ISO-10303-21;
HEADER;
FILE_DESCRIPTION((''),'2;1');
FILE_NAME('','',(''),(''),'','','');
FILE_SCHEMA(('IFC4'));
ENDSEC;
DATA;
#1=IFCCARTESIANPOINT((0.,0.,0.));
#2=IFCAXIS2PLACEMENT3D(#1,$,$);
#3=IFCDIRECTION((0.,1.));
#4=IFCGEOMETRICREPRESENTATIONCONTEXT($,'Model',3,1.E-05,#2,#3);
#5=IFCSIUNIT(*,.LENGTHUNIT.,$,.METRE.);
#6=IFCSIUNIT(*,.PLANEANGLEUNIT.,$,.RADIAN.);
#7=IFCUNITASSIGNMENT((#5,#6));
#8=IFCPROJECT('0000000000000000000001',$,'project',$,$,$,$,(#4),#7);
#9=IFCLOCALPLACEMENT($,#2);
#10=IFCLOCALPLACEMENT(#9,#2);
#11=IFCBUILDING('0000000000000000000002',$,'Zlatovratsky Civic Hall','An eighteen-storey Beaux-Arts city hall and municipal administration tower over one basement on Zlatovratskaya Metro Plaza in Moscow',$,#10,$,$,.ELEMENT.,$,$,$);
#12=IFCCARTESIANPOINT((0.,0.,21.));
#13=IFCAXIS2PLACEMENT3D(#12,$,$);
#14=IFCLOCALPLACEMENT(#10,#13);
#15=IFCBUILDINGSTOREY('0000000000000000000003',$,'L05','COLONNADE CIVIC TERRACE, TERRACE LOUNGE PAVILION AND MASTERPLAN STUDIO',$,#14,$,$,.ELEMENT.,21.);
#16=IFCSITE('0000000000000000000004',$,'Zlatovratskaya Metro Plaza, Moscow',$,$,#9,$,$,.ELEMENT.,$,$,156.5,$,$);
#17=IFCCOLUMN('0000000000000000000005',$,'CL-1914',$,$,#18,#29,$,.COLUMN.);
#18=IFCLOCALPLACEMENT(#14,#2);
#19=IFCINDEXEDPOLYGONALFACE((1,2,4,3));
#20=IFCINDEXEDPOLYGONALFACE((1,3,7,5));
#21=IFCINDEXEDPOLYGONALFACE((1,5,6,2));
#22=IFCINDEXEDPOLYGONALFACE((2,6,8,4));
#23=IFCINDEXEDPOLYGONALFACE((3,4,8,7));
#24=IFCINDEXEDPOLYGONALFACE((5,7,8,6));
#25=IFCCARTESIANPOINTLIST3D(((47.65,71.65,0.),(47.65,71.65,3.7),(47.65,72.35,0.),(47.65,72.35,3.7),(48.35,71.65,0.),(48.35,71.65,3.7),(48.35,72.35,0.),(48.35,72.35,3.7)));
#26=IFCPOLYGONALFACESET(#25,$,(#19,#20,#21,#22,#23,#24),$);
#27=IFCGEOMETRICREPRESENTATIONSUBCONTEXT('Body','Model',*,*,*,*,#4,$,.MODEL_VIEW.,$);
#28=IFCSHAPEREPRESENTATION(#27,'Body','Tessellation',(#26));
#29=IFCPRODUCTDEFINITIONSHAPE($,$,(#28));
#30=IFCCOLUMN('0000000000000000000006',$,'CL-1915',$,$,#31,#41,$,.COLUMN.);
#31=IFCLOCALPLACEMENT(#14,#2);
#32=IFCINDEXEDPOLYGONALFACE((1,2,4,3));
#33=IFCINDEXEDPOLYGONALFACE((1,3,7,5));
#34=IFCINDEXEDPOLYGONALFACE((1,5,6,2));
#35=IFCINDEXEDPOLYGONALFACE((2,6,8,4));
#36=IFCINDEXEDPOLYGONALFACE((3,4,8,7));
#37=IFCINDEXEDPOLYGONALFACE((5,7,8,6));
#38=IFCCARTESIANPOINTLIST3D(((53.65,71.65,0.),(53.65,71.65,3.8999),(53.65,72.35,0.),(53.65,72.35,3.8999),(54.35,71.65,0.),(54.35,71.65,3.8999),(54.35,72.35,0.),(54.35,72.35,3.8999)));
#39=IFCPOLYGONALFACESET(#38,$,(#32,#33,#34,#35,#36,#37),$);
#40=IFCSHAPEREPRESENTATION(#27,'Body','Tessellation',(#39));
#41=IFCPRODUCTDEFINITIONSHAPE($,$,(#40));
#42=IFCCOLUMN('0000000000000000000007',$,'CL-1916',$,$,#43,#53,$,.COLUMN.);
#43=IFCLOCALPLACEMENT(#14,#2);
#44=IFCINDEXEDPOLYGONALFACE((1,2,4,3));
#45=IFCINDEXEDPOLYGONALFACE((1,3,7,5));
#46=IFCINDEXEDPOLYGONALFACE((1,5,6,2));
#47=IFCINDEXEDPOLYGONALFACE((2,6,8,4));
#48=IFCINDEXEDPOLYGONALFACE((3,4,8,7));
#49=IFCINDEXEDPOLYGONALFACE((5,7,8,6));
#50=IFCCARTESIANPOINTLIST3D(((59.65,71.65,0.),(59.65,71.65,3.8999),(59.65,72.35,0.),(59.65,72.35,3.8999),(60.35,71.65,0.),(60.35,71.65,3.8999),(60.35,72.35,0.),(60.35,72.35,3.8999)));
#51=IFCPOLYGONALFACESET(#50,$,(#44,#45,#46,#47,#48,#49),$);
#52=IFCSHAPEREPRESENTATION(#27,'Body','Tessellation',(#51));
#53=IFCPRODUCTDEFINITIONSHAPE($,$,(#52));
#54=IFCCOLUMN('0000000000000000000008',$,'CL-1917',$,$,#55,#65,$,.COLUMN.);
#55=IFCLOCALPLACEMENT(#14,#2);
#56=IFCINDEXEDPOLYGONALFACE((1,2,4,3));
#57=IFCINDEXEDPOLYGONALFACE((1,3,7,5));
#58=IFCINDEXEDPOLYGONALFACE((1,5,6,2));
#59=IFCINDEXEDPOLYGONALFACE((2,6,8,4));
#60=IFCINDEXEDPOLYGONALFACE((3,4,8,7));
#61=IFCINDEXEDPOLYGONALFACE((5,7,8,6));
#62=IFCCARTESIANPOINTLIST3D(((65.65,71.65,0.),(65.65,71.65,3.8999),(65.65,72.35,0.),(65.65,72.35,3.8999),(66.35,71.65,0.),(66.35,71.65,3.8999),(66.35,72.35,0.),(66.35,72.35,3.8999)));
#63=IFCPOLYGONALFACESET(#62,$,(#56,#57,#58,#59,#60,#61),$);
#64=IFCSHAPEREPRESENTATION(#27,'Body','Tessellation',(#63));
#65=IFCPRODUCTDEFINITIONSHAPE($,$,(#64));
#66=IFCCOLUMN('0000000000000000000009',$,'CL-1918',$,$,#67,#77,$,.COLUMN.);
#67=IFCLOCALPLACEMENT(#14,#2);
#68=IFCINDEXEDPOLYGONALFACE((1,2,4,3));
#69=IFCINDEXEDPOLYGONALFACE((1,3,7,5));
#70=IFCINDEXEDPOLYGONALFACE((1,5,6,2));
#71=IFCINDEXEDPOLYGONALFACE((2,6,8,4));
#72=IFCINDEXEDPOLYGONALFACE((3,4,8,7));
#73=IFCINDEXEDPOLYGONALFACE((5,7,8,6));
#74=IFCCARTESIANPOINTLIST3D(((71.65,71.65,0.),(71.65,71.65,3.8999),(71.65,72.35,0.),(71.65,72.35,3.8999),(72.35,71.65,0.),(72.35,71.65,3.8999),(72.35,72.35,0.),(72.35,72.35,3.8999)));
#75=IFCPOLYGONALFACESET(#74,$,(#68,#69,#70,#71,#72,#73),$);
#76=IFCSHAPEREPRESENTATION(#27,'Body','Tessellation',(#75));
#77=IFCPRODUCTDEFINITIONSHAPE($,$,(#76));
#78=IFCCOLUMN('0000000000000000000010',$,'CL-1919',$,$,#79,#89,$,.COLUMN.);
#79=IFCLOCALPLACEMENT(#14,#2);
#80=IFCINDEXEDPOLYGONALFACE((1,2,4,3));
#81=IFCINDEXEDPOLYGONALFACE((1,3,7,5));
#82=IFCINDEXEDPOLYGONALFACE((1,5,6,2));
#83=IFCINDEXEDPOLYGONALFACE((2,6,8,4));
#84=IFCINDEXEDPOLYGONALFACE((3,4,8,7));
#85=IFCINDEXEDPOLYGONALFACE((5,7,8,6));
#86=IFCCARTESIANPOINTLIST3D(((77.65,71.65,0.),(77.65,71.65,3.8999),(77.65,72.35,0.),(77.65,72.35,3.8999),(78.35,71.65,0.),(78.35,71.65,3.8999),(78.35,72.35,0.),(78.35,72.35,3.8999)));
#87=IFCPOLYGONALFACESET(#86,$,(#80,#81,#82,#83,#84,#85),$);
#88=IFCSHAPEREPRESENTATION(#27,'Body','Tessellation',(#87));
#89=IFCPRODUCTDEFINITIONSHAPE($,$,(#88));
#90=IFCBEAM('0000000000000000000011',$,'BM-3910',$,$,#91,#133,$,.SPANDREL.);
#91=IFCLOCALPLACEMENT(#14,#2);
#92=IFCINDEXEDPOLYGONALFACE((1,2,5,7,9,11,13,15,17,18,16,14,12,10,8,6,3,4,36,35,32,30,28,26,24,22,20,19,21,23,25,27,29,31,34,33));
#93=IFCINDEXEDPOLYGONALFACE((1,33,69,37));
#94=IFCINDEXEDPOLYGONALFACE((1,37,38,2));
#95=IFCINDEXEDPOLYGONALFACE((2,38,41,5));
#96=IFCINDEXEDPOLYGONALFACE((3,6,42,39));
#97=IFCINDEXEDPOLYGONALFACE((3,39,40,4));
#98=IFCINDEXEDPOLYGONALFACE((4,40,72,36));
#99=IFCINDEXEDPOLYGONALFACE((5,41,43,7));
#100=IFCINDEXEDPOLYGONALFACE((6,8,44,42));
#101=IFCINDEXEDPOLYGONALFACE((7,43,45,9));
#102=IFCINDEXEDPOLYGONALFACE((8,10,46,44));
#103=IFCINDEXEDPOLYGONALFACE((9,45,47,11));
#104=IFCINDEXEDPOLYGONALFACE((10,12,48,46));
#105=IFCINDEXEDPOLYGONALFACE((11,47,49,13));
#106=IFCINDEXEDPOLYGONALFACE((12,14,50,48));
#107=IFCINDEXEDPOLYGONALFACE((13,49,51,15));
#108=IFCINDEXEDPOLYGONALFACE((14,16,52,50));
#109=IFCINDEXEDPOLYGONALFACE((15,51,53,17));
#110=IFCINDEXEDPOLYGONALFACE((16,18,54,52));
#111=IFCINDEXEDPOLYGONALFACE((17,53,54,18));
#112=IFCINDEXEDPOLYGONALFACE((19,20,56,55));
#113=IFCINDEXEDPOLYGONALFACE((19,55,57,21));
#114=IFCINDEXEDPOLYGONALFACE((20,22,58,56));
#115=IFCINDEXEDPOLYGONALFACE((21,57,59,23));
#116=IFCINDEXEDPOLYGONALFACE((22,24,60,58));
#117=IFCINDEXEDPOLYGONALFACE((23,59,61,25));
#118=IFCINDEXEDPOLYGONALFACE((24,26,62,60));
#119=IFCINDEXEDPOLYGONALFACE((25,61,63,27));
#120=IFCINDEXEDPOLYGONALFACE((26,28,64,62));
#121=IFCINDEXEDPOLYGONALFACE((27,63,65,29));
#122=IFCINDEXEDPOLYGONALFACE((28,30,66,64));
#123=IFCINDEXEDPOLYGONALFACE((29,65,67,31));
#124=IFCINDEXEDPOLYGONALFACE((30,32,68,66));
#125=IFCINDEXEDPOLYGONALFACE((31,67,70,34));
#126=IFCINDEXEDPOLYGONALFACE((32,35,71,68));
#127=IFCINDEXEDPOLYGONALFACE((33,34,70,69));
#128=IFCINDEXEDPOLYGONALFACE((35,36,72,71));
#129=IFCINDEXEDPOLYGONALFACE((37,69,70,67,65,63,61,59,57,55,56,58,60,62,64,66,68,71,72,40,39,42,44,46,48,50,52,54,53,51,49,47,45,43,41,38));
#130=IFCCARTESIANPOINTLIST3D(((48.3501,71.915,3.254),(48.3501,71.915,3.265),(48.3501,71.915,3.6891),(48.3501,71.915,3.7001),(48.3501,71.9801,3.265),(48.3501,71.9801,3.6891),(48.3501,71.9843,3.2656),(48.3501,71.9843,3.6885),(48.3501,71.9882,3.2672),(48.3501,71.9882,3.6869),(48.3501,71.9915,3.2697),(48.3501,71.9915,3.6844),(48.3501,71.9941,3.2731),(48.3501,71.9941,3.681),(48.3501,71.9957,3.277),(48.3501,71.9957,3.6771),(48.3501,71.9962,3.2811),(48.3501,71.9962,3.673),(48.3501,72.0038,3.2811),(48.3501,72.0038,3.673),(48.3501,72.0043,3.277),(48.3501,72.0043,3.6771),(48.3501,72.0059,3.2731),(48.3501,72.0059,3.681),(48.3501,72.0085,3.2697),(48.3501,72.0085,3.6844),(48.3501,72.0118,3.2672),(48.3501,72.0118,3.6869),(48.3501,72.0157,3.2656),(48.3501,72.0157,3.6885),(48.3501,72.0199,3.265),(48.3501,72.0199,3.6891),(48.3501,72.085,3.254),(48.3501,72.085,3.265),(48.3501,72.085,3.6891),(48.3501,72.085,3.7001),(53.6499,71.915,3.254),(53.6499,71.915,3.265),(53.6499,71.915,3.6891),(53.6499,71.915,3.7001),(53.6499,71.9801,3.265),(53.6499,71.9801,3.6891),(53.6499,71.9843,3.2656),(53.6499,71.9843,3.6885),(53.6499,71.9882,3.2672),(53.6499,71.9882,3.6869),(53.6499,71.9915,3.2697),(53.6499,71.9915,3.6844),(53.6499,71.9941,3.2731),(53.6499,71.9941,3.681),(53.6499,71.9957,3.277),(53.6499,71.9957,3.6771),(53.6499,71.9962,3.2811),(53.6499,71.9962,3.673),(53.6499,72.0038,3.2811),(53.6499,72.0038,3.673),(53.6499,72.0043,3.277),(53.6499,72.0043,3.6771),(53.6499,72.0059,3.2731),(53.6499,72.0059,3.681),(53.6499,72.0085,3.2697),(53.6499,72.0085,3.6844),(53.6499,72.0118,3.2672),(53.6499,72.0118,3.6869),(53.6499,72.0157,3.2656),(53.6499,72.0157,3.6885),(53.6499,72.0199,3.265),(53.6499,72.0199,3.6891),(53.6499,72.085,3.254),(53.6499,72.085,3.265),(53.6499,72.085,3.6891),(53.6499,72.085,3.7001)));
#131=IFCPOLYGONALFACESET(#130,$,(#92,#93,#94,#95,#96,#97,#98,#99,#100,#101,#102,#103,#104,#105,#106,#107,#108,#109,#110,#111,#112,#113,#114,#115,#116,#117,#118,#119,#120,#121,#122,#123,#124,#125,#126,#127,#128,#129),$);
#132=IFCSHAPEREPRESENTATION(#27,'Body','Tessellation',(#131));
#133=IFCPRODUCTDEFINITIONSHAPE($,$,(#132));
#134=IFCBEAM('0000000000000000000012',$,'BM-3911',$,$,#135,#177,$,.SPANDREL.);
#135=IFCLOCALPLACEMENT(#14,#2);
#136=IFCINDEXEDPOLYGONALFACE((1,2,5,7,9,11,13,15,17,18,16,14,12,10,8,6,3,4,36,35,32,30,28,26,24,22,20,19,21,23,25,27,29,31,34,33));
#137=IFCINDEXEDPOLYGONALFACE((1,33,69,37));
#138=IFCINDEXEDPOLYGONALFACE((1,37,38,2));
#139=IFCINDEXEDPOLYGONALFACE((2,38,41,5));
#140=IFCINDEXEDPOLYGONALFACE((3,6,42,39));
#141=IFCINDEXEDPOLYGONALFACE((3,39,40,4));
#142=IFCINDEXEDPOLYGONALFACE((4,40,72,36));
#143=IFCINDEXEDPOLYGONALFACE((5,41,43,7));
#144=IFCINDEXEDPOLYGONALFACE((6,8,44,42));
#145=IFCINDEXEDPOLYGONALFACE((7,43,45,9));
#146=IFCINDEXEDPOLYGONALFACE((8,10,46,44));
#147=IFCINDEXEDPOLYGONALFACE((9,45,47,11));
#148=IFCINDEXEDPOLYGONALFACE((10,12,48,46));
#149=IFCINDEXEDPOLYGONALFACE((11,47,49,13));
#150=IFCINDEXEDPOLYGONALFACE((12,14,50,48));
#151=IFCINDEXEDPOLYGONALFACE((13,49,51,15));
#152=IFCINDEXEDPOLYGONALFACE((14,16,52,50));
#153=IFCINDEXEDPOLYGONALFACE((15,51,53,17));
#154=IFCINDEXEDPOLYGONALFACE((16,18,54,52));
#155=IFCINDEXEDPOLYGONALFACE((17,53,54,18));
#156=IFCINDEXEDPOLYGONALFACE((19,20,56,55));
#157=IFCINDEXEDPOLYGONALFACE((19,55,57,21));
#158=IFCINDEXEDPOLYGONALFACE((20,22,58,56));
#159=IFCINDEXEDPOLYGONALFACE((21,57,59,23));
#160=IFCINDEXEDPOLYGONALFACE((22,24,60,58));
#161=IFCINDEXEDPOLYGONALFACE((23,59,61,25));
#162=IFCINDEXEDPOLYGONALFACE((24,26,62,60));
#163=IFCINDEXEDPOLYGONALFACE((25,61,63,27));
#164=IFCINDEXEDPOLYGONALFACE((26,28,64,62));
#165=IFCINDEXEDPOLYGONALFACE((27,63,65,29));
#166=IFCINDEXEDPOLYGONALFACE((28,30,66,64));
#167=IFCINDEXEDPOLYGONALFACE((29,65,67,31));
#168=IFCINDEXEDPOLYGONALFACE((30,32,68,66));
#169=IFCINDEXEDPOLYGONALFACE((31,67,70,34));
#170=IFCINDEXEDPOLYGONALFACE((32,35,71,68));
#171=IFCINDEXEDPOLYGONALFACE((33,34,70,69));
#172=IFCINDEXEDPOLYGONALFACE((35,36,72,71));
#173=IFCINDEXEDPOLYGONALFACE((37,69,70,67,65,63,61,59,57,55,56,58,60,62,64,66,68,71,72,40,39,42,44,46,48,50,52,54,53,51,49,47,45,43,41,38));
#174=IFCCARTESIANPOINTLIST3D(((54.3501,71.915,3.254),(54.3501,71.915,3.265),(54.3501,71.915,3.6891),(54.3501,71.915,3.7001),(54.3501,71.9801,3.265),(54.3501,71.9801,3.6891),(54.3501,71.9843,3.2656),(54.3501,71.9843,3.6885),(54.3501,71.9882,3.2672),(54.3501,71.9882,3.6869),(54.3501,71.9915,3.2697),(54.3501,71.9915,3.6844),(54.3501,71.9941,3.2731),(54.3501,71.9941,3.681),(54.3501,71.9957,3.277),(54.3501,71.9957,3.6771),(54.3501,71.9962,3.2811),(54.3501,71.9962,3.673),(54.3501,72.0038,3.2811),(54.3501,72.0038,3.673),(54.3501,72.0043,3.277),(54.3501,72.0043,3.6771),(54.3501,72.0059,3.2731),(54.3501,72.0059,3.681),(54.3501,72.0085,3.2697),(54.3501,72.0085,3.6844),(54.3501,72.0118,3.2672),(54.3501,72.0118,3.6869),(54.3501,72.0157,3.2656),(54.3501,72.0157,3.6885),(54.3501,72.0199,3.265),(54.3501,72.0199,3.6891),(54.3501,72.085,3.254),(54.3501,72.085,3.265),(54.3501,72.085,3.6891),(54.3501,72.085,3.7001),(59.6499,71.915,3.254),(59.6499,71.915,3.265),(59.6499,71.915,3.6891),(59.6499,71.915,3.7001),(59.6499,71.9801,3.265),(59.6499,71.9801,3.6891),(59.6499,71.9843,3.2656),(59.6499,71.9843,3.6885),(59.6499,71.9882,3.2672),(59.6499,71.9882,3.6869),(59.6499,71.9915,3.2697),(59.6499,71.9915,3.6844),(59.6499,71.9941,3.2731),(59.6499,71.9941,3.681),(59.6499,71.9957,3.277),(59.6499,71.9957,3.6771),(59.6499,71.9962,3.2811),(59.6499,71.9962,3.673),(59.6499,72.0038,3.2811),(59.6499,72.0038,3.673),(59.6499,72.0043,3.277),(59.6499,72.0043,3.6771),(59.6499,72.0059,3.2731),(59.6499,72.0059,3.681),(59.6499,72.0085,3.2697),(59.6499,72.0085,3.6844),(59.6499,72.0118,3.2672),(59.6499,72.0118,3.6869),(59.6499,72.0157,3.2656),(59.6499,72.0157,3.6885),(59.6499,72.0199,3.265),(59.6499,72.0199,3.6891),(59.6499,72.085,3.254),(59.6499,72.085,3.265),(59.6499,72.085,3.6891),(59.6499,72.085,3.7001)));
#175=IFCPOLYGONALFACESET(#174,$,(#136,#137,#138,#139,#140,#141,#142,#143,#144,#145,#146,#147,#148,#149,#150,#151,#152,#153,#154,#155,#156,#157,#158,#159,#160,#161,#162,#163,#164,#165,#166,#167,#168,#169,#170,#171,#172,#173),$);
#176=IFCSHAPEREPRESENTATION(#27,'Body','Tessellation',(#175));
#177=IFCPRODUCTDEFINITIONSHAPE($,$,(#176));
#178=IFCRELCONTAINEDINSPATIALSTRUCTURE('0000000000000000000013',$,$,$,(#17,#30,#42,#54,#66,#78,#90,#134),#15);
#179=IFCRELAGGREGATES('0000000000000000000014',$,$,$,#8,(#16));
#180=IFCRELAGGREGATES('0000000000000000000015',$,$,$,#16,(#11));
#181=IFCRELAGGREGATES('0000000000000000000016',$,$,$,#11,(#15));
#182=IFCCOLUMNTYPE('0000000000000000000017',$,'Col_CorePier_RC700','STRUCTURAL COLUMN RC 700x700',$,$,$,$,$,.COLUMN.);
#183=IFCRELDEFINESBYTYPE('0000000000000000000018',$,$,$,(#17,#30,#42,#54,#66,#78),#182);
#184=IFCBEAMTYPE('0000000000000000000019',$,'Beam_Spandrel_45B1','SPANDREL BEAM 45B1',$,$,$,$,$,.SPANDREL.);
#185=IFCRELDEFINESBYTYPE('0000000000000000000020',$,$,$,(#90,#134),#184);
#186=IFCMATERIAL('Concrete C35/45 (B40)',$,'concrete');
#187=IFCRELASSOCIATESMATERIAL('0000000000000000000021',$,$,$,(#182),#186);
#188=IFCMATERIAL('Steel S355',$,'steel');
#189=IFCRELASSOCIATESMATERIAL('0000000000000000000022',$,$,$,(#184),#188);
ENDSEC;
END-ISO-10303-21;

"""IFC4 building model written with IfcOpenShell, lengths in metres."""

from ifc_helpers import new_model, si_unit, direction, frame, origin, origin_2d, place, context, subcontext, project, spatial, rectangle, i_section, extrude, material, material_profile, profile_set, type_object, element, save


model = new_model("IFC4")

# Units and contexts
model_context = context("Model", 3, precision=1e-05, world=origin(), true_north=direction((0.0, 1.0)))
body_context = subcontext(model_context, "Body", "Model", "MODEL_VIEW")
ifc_project = project(units=[si_unit("LENGTHUNIT", "METRE"), si_unit("PLANEANGLEUNIT", "RADIAN")], contexts=[model_context])

# Site, building, storey
site_placement = place(None, origin())
site = spatial("IfcSite", under=ifc_project, at=site_placement, Name="Zlatovratskaya Metro Plaza, Moscow", CompositionType="ELEMENT", RefElevation=156.5)
building_placement = place(site_placement, origin())
building = spatial("IfcBuilding", under=site, at=building_placement, Name="Zlatovratsky Civic Hall", Description="An eighteen-storey Beaux-Arts city hall and municipal administration tower over one basement on Zlatovratskaya Metro Plaza in Moscow", CompositionType="ELEMENT")
storey_placement = place(building_placement, frame((0.0, 0.0, 21.0)))
storey = spatial("IfcBuildingStorey", under=building, at=storey_placement, Name="L05", Description="COLONNADE CIVIC TERRACE, TERRACE LOUNGE PAVILION AND MASTERPLAN STUDIO", CompositionType="ELEMENT", Elevation=21.0)

# Columns
ifc_material_1 = material(Name="Concrete C35/45 (B40)", Category="concrete")
ifc_material_profile_1 = material_profile(ifc_material_1, rectangle(XDim=0.7, YDim=0.7, at=origin_2d()), Name="RC 700x700")
ifc_profile_set_1 = profile_set([ifc_material_profile_1], Name="Concrete C35/45 (B40)")
column_type = type_object("IfcColumnType", Name="Col_CorePier_RC700", Description="STRUCTURAL COLUMN RC 700x700", PredefinedType="COLUMN", material=ifc_profile_set_1)
column_placement = place(storey_placement, frame((48.0, 72.0, 0.0), z_axis=(0.0, 0.0, 1.0), x_axis=(1.0, 0.0, 0.0)))
element("IfcColumn", 1, at=column_placement, inside=storey, type_object=column_type, Name="CL-1914", PredefinedType="COLUMN", context=body_context, shape_type="SweptSolid", body=[
    extrude(rectangle(XDim=0.7, YDim=0.7, at=origin_2d()), origin(), (0.0, 0.0, 1.0), 3.7),
])
for number, where, z_axis, x_axis, name in (
    (2, (54.0, 72.0, 0.0), (0.0, 0.0, 1.0), (1.0, 0.0, 0.0), "CL-1915"),
    (3, (60.0, 72.0, 0.0), (0.0, 0.0, 1.0), (1.0, 0.0, 0.0), "CL-1916"),
    (4, (66.0, 72.0, 0.0), (0.0, 0.0, 1.0), (1.0, 0.0, 0.0), "CL-1917"),
    (5, (72.0, 72.0, 0.0), (0.0, 0.0, 1.0), (1.0, 0.0, 0.0), "CL-1918"),
    (6, (78.0, 72.0, 0.0), (0.0, 0.0, 1.0), (1.0, 0.0, 0.0), "CL-1919"),
):
    element("IfcColumn", number, at=place(storey_placement, frame(where, z_axis=z_axis, x_axis=x_axis)), inside=storey, type_object=column_type, Name=name, PredefinedType="COLUMN", context=body_context, shape_type="SweptSolid", body=[
        extrude(rectangle(XDim=0.7, YDim=0.7, at=origin_2d()), origin(), (0.0, 0.0, 1.0), 3.8999),
    ])

# Beams
ifc_material_2 = material(Name="Steel S355", Category="steel")
ifc_material_profile_2 = material_profile(ifc_material_2, i_section(OverallWidth=0.1699, OverallDepth=0.446, WebThickness=0.0076, FlangeThickness=0.011, FilletRadius=0.0161, at=origin_2d()), Name="45B1")
ifc_profile_set_2 = profile_set([ifc_material_profile_2], Name="Steel S355")
beam_type_1 = type_object("IfcBeamType", Name="Beam_Spandrel_45B1", Description="SPANDREL BEAM 45B1", PredefinedType="SPANDREL", material=ifc_profile_set_2)
for number, where, z_axis, x_axis, name in (
    (7, (48.3501, 72.0, 3.4771), (1.0, 0.0, 0.0), (0.0, 1.0, 0.0), "BM-3910"),
    (8, (54.3501, 72.0, 3.4771), (1.0, 0.0, 0.0), (0.0, 1.0, 0.0), "BM-3911"),
):
    element("IfcBeam", number, at=place(storey_placement, frame(where, z_axis=z_axis, x_axis=x_axis)), inside=storey, type_object=beam_type_1, Name=name, PredefinedType="SPANDREL", context=body_context, shape_type="SweptSolid", body=[
        extrude(i_section(OverallWidth=0.1699, OverallDepth=0.446, WebThickness=0.0076, FlangeThickness=0.011, FilletRadius=0.0161, at=origin_2d()), origin(), (0.0, 0.0, 1.0), 5.2998),
    ])

save(model, "model.ifc")
